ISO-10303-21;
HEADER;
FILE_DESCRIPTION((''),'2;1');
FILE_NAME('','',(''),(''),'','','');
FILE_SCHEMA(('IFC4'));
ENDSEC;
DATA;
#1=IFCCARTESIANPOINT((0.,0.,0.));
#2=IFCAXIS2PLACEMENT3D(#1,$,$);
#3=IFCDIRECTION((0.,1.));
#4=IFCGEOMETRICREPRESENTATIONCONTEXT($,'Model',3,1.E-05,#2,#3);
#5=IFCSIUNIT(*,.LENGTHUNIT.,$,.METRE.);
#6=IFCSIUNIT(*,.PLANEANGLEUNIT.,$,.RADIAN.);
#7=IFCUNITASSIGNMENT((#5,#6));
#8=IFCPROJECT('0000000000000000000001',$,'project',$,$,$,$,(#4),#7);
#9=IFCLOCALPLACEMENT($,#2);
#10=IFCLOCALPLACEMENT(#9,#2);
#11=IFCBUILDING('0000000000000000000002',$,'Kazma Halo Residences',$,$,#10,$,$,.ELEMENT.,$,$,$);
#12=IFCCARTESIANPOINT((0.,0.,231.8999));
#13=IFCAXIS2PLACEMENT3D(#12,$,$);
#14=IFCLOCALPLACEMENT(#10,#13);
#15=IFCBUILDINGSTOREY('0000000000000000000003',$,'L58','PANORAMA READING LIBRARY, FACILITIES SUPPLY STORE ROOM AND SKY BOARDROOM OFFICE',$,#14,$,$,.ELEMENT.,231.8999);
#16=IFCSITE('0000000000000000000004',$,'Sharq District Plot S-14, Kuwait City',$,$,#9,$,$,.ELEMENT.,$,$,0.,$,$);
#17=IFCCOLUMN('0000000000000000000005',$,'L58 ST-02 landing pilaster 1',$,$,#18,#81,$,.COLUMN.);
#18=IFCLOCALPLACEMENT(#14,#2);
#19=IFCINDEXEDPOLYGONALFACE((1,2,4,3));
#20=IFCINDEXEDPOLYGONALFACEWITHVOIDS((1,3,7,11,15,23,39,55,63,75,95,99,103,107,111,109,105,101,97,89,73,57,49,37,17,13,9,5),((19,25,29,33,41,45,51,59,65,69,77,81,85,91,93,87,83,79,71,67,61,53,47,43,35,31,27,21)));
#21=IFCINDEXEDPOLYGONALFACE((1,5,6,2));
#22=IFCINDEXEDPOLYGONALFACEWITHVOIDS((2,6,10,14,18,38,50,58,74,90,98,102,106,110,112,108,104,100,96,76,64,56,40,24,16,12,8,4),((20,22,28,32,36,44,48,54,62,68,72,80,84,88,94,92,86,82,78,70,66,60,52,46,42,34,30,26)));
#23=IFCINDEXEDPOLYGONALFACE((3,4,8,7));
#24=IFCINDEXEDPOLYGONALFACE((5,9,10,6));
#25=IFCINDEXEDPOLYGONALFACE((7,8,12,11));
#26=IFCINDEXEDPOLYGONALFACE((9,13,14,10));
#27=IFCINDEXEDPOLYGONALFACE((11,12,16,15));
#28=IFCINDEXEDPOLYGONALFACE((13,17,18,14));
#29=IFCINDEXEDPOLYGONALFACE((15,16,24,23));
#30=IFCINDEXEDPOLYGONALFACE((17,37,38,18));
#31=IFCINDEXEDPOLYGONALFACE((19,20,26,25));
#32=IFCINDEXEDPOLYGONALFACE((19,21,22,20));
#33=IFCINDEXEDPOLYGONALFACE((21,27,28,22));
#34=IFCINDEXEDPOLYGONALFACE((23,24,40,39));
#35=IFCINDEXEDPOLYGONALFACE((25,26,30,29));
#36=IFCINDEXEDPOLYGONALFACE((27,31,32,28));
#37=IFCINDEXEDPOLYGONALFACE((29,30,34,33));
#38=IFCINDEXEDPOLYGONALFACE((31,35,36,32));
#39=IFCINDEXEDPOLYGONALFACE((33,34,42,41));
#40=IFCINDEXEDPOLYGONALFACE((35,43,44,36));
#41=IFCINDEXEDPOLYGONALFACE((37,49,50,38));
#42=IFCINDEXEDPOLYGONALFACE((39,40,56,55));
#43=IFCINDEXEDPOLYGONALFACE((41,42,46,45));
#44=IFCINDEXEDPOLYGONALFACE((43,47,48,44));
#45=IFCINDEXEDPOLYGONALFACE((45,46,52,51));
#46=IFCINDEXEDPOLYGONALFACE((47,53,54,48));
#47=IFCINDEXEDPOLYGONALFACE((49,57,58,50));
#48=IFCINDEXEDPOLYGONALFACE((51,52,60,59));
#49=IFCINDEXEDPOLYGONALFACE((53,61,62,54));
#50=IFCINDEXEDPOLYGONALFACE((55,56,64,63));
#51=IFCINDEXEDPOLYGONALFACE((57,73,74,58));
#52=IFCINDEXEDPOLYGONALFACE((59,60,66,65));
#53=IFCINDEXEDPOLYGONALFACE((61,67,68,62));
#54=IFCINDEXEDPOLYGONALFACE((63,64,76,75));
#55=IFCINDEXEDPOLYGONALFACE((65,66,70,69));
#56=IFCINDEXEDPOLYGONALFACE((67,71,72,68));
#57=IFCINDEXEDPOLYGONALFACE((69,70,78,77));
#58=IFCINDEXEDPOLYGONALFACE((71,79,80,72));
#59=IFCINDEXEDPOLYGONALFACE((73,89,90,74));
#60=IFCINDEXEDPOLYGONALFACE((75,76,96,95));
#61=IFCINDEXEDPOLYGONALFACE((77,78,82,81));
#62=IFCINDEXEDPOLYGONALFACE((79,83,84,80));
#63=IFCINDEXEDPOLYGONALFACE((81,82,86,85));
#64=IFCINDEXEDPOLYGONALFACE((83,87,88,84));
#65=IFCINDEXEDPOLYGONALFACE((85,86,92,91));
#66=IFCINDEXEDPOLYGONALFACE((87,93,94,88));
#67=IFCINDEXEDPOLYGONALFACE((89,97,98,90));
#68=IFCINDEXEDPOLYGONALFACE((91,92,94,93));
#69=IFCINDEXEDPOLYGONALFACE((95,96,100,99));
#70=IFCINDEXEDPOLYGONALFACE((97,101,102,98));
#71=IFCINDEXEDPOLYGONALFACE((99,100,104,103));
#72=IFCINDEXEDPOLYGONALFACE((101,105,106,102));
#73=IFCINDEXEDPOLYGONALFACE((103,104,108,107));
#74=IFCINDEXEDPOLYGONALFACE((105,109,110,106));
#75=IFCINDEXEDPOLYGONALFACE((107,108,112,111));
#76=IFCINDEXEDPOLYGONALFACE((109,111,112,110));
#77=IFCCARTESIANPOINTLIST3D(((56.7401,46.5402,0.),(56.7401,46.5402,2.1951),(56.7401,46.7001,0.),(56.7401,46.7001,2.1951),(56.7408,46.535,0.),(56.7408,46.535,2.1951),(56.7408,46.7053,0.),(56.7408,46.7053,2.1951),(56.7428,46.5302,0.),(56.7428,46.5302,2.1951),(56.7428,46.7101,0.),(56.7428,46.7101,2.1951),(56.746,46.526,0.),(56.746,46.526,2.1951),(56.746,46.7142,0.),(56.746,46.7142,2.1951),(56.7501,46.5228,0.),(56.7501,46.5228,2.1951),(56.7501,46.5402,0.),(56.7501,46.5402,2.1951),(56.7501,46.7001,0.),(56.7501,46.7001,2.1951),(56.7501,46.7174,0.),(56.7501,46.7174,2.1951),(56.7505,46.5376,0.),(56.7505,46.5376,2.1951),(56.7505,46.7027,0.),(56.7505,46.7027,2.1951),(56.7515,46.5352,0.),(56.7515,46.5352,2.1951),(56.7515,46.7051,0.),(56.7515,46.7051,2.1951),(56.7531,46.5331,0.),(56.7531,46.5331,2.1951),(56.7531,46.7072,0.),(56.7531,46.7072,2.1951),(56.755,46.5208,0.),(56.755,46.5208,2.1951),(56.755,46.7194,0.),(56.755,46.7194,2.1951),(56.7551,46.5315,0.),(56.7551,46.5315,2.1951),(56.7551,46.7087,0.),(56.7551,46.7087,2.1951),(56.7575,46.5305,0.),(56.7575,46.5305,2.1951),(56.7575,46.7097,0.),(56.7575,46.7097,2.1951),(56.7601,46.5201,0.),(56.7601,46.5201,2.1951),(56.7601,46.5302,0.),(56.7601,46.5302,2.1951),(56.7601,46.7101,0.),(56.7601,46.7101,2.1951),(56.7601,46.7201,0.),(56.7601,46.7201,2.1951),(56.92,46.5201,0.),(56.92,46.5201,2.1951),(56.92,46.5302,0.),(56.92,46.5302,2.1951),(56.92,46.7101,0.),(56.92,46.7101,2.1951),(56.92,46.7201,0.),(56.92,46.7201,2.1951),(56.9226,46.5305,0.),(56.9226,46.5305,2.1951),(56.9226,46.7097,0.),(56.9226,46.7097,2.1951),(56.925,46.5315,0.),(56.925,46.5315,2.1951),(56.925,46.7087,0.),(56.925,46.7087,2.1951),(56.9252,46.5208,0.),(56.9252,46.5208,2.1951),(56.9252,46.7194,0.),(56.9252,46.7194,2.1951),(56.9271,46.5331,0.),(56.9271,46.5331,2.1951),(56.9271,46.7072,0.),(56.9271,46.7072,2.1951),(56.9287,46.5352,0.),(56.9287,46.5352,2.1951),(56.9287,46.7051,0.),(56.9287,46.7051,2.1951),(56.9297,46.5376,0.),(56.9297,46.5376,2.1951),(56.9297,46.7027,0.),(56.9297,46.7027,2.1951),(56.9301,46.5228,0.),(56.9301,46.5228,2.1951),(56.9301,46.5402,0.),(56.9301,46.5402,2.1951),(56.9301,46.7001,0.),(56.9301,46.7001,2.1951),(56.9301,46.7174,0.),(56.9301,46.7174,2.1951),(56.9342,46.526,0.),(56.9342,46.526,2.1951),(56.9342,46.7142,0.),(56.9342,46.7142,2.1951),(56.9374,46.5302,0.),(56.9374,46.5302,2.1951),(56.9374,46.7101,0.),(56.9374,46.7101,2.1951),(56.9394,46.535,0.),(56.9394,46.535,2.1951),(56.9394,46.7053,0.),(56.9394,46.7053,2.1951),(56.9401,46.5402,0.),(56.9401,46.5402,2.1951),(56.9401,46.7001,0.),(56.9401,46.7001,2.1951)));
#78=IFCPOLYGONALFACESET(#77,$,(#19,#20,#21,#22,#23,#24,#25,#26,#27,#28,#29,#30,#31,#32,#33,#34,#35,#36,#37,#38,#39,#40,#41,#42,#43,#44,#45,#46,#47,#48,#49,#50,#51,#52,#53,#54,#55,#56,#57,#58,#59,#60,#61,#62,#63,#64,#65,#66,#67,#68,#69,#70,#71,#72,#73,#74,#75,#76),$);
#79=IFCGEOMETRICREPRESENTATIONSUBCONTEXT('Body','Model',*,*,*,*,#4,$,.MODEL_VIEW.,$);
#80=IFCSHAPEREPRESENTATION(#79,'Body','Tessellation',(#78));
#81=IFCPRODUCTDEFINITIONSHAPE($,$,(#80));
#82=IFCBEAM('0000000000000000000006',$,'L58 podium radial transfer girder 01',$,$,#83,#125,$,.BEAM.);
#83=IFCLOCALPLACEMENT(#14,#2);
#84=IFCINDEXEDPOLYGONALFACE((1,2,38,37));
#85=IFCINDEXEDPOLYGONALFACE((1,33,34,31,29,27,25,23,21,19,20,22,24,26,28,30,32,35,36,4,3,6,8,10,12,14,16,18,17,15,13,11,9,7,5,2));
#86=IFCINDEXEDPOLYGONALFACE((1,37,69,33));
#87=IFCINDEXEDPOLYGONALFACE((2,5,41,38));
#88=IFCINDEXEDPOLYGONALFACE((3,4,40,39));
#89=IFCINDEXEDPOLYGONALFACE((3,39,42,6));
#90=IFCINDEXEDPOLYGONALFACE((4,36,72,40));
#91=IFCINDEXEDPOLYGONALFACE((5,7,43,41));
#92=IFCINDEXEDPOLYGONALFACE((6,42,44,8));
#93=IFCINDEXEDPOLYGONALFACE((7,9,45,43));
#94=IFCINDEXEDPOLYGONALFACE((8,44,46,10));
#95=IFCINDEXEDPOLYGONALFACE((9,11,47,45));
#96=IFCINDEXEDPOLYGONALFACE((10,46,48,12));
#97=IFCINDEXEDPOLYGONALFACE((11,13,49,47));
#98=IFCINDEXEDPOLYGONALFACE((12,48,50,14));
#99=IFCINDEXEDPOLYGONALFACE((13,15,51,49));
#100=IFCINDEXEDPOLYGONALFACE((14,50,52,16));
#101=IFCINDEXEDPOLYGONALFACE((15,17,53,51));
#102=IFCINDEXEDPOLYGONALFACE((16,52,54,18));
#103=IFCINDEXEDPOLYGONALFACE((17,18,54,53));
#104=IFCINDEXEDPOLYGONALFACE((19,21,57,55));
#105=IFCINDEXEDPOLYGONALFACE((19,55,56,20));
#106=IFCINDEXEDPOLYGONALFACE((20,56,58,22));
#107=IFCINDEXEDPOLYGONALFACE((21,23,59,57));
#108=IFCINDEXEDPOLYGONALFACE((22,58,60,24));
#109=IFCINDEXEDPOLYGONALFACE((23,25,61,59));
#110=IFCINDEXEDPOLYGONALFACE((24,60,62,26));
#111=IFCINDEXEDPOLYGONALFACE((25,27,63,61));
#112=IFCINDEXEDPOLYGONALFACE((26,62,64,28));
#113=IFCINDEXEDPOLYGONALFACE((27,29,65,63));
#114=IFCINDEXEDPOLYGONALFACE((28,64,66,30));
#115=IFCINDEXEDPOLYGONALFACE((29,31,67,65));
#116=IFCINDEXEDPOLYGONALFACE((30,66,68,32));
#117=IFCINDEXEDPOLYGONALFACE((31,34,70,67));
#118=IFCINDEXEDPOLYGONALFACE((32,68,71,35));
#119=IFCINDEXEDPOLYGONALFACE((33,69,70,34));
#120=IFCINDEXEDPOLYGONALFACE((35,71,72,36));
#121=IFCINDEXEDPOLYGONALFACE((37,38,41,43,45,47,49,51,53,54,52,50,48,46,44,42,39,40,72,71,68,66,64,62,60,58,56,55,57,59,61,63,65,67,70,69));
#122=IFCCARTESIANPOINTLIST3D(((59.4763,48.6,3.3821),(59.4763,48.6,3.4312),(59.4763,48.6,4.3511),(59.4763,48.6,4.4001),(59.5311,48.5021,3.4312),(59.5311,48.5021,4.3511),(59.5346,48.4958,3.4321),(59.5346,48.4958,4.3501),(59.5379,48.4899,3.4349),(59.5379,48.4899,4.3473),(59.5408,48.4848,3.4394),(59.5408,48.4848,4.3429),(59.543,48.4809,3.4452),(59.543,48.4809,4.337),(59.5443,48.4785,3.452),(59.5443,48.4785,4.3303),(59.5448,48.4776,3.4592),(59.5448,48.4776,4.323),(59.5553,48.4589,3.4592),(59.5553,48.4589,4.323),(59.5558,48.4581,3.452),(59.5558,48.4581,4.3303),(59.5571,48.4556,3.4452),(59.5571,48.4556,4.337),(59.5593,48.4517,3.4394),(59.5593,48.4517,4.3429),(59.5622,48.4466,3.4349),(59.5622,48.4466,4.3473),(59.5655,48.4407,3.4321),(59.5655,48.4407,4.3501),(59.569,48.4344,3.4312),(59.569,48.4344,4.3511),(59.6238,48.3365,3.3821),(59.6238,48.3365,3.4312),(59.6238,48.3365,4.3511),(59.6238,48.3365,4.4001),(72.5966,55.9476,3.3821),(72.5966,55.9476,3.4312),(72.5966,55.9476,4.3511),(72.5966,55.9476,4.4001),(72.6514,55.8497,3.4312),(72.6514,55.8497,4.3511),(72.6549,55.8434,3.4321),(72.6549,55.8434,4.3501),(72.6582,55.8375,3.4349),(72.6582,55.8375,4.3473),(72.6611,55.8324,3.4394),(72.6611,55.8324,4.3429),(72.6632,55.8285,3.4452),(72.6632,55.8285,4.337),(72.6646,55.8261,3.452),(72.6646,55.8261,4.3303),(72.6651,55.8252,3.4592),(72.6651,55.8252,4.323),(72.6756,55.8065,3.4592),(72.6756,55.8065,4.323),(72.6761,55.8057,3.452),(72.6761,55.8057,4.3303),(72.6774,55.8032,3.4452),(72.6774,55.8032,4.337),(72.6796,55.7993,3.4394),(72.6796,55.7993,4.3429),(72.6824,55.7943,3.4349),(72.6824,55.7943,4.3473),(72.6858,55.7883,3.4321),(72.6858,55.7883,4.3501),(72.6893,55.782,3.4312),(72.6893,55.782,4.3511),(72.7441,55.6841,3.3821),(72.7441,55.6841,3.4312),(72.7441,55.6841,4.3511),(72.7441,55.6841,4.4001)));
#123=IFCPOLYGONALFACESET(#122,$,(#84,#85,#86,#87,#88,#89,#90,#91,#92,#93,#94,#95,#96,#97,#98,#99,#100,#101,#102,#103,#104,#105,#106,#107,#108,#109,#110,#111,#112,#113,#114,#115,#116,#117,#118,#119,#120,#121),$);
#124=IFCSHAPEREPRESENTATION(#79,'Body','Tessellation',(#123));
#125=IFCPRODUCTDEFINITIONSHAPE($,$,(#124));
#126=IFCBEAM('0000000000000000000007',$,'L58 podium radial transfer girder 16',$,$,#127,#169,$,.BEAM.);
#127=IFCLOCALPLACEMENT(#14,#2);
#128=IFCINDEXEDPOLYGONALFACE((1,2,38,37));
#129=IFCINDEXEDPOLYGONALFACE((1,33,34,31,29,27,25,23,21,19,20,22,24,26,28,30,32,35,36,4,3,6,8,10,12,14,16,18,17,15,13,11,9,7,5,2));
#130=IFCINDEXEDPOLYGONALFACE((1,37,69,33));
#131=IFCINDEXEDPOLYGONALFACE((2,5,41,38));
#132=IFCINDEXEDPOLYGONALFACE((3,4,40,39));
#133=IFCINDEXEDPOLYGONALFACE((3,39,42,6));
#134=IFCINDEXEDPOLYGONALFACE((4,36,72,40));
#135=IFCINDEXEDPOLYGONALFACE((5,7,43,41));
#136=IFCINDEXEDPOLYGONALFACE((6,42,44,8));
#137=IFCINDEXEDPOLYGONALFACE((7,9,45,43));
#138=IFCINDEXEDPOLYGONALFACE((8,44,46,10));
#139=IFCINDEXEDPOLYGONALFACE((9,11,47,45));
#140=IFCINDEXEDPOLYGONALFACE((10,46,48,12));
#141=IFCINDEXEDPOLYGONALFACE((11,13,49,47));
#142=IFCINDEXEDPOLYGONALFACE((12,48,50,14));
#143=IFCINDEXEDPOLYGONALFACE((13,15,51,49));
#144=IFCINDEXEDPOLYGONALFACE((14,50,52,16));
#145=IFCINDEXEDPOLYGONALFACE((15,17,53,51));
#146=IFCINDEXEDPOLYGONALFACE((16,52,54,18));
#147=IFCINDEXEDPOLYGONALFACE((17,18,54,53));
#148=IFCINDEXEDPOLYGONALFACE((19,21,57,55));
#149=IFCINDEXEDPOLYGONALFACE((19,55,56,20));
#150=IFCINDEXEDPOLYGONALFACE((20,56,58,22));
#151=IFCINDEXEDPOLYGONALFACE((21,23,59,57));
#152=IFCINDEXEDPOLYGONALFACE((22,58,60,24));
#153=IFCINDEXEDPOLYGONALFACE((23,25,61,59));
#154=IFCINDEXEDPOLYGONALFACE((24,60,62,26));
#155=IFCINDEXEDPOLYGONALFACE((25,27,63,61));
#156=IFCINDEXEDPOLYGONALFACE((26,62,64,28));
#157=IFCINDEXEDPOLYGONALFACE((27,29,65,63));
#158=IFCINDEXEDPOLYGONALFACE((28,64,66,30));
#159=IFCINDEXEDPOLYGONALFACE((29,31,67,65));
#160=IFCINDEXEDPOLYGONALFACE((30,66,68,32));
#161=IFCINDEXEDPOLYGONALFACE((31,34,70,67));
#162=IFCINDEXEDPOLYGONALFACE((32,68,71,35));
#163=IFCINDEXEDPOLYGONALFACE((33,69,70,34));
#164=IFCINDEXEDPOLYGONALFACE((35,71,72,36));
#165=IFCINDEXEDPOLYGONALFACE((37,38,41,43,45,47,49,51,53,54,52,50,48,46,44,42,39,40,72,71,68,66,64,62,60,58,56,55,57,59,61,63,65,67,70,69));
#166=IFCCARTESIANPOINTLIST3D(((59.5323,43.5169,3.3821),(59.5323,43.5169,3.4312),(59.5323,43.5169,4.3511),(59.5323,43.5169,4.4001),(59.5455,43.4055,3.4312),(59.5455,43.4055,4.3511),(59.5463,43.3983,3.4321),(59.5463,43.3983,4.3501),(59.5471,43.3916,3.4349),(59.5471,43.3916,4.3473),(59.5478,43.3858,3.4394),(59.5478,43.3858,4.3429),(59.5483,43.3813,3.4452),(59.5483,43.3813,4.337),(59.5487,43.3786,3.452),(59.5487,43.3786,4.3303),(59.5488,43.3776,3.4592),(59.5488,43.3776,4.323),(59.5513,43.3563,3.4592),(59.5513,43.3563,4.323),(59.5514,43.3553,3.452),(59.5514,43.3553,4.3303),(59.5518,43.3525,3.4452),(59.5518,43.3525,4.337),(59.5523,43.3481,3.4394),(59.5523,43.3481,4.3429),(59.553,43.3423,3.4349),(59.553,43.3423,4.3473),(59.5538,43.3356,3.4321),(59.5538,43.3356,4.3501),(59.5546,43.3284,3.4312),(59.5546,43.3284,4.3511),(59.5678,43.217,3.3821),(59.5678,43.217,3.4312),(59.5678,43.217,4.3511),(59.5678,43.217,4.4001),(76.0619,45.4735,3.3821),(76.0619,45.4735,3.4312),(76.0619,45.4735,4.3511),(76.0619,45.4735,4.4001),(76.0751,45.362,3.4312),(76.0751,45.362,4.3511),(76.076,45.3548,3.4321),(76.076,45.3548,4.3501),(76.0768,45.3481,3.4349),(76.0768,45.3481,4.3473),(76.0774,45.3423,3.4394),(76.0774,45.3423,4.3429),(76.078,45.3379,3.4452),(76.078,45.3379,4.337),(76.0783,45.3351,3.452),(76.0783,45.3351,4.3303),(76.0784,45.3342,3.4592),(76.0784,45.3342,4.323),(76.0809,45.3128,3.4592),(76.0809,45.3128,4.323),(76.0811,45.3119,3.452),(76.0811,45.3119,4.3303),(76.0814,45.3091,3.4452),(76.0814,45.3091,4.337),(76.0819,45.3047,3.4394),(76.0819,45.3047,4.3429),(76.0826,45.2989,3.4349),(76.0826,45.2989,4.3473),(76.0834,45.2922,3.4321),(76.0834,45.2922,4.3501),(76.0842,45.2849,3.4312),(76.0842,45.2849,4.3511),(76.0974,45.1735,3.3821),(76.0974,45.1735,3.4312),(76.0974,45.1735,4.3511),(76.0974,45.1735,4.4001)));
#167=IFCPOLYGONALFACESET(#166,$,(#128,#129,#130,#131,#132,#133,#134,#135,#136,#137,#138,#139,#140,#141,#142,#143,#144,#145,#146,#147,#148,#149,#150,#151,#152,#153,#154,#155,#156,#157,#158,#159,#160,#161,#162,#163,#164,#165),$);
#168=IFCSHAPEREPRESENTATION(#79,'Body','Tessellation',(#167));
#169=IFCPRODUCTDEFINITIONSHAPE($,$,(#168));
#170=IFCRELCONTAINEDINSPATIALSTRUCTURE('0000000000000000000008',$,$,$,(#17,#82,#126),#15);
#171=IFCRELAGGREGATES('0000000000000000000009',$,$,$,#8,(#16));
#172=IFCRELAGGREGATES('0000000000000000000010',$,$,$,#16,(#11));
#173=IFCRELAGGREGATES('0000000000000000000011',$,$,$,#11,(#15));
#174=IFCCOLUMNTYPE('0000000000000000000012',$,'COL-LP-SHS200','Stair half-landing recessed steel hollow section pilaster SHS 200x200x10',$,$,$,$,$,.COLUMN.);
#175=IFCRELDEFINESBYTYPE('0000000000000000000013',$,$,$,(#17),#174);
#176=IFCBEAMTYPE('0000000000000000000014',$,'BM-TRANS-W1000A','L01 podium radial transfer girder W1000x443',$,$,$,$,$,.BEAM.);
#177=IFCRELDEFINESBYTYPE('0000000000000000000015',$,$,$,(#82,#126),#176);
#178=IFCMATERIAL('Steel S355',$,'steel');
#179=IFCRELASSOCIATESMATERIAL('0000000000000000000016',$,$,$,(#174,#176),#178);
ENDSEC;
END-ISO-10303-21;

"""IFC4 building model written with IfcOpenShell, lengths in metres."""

from ifc_helpers import new_model, si_unit, direction, frame, origin, origin_2d, place, context, subcontext, project, spatial, hollow_rectangle, i_section, extrude, material, material_profile, profile_set, type_object, element, save


model = new_model("IFC4")

# Units and contexts
model_context = context("Model", 3, precision=1e-05, world=origin(), true_north=direction((0.0, 1.0)))
body_context = subcontext(model_context, "Body", "Model", "MODEL_VIEW")
ifc_project = project(units=[si_unit("LENGTHUNIT", "METRE"), si_unit("PLANEANGLEUNIT", "RADIAN")], contexts=[model_context])

# Site, building, storey
site_placement = place(None, origin())
site = spatial("IfcSite", under=ifc_project, at=site_placement, Name="Sharq District Plot S-14, Kuwait City", CompositionType="ELEMENT", RefElevation=0.0)
building_placement = place(site_placement, origin())
building = spatial("IfcBuilding", under=site, at=building_placement, Name="Kazma Halo Residences", CompositionType="ELEMENT")
storey_placement = place(building_placement, frame((0.0, 0.0, 231.8999)))
storey = spatial("IfcBuildingStorey", under=building, at=storey_placement, Name="L58", Description="PANORAMA READING LIBRARY, FACILITIES SUPPLY STORE ROOM AND SKY BOARDROOM OFFICE", CompositionType="ELEMENT", Elevation=231.8999)

# Column
ifc_material_1 = material(Name="Steel S355", Category="steel")
ifc_material_profile_1 = material_profile(ifc_material_1, hollow_rectangle(XDim=0.2, YDim=0.2, WallThickness=0.01, InnerFilletRadius=0.01, OuterFilletRadius=0.02, at=origin_2d()), Name="SHS200x200x10")
ifc_profile_set_1 = profile_set([ifc_material_profile_1], Name="Steel S355")
column_type = type_object("IfcColumnType", Name="COL-LP-SHS200", Description="Stair half-landing recessed steel hollow section pilaster SHS 200x200x10", PredefinedType="COLUMN", material=ifc_profile_set_1)
column_placement = place(storey_placement, frame((56.8401, 46.6201, 0.0), z_axis=(0.0, 0.0, 1.0), x_axis=(1.0, 0.0, 0.0)))
element("IfcColumn", 1, at=column_placement, inside=storey, type_object=column_type, Name="L58 ST-02 landing pilaster 1", PredefinedType="COLUMN", context=body_context, shape_type="SweptSolid", body=[
    extrude(hollow_rectangle(XDim=0.2, YDim=0.2, WallThickness=0.01, InnerFilletRadius=0.01, OuterFilletRadius=0.02, at=origin_2d()), origin(), (0.0, 0.0, 1.0), 2.1951),
])

# Beams
ifc_material_profile_2 = material_profile(ifc_material_1, i_section(OverallWidth=0.302, OverallDepth=1.0181, WebThickness=0.0215, FlangeThickness=0.0491, FilletRadius=0.0281, at=origin_2d()), Name="W1000x443")
ifc_profile_set_2 = profile_set([ifc_material_profile_2], Name="Steel S355")
beam_type_1 = type_object("IfcBeamType", Name="BM-TRANS-W1000A", Description="L01 podium radial transfer girder W1000x443", PredefinedType="BEAM", material=ifc_profile_set_2)
beam_1_placement = place(storey_placement, frame((59.55, 48.4683, 3.8911), z_axis=(0.872499, 0.488616, 0.0), x_axis=(-0.488616, 0.872499, 0.0)))
element("IfcBeam", 2, at=beam_1_placement, inside=storey, type_object=beam_type_1, Name="L58 podium radial transfer girder 01", PredefinedType="BEAM", context=body_context, shape_type="SweptSolid", body=[
    extrude(i_section(OverallWidth=0.302, OverallDepth=1.0181, WebThickness=0.0215, FlangeThickness=0.0491, FilletRadius=0.0281, at=origin_2d()), origin(), (0.0, 0.0, 1.0), 15.0376),
])
beam_2_placement = place(storey_placement, frame((59.55, 43.3669, 3.8911), z_axis=(0.993067, 0.117546, 0.0), x_axis=(-0.117546, 0.993067, 0.0)))
element("IfcBeam", 3, at=beam_2_placement, inside=storey, type_object=beam_type_1, Name="L58 podium radial transfer girder 16", PredefinedType="BEAM", context=body_context, shape_type="SweptSolid", body=[
    extrude(i_section(OverallWidth=0.302, OverallDepth=1.0181, WebThickness=0.0215, FlangeThickness=0.0491, FilletRadius=0.0281, at=origin_2d()), origin(), (0.0, 0.0, 1.0), 16.645),
])

save(model, "model.ifc")
